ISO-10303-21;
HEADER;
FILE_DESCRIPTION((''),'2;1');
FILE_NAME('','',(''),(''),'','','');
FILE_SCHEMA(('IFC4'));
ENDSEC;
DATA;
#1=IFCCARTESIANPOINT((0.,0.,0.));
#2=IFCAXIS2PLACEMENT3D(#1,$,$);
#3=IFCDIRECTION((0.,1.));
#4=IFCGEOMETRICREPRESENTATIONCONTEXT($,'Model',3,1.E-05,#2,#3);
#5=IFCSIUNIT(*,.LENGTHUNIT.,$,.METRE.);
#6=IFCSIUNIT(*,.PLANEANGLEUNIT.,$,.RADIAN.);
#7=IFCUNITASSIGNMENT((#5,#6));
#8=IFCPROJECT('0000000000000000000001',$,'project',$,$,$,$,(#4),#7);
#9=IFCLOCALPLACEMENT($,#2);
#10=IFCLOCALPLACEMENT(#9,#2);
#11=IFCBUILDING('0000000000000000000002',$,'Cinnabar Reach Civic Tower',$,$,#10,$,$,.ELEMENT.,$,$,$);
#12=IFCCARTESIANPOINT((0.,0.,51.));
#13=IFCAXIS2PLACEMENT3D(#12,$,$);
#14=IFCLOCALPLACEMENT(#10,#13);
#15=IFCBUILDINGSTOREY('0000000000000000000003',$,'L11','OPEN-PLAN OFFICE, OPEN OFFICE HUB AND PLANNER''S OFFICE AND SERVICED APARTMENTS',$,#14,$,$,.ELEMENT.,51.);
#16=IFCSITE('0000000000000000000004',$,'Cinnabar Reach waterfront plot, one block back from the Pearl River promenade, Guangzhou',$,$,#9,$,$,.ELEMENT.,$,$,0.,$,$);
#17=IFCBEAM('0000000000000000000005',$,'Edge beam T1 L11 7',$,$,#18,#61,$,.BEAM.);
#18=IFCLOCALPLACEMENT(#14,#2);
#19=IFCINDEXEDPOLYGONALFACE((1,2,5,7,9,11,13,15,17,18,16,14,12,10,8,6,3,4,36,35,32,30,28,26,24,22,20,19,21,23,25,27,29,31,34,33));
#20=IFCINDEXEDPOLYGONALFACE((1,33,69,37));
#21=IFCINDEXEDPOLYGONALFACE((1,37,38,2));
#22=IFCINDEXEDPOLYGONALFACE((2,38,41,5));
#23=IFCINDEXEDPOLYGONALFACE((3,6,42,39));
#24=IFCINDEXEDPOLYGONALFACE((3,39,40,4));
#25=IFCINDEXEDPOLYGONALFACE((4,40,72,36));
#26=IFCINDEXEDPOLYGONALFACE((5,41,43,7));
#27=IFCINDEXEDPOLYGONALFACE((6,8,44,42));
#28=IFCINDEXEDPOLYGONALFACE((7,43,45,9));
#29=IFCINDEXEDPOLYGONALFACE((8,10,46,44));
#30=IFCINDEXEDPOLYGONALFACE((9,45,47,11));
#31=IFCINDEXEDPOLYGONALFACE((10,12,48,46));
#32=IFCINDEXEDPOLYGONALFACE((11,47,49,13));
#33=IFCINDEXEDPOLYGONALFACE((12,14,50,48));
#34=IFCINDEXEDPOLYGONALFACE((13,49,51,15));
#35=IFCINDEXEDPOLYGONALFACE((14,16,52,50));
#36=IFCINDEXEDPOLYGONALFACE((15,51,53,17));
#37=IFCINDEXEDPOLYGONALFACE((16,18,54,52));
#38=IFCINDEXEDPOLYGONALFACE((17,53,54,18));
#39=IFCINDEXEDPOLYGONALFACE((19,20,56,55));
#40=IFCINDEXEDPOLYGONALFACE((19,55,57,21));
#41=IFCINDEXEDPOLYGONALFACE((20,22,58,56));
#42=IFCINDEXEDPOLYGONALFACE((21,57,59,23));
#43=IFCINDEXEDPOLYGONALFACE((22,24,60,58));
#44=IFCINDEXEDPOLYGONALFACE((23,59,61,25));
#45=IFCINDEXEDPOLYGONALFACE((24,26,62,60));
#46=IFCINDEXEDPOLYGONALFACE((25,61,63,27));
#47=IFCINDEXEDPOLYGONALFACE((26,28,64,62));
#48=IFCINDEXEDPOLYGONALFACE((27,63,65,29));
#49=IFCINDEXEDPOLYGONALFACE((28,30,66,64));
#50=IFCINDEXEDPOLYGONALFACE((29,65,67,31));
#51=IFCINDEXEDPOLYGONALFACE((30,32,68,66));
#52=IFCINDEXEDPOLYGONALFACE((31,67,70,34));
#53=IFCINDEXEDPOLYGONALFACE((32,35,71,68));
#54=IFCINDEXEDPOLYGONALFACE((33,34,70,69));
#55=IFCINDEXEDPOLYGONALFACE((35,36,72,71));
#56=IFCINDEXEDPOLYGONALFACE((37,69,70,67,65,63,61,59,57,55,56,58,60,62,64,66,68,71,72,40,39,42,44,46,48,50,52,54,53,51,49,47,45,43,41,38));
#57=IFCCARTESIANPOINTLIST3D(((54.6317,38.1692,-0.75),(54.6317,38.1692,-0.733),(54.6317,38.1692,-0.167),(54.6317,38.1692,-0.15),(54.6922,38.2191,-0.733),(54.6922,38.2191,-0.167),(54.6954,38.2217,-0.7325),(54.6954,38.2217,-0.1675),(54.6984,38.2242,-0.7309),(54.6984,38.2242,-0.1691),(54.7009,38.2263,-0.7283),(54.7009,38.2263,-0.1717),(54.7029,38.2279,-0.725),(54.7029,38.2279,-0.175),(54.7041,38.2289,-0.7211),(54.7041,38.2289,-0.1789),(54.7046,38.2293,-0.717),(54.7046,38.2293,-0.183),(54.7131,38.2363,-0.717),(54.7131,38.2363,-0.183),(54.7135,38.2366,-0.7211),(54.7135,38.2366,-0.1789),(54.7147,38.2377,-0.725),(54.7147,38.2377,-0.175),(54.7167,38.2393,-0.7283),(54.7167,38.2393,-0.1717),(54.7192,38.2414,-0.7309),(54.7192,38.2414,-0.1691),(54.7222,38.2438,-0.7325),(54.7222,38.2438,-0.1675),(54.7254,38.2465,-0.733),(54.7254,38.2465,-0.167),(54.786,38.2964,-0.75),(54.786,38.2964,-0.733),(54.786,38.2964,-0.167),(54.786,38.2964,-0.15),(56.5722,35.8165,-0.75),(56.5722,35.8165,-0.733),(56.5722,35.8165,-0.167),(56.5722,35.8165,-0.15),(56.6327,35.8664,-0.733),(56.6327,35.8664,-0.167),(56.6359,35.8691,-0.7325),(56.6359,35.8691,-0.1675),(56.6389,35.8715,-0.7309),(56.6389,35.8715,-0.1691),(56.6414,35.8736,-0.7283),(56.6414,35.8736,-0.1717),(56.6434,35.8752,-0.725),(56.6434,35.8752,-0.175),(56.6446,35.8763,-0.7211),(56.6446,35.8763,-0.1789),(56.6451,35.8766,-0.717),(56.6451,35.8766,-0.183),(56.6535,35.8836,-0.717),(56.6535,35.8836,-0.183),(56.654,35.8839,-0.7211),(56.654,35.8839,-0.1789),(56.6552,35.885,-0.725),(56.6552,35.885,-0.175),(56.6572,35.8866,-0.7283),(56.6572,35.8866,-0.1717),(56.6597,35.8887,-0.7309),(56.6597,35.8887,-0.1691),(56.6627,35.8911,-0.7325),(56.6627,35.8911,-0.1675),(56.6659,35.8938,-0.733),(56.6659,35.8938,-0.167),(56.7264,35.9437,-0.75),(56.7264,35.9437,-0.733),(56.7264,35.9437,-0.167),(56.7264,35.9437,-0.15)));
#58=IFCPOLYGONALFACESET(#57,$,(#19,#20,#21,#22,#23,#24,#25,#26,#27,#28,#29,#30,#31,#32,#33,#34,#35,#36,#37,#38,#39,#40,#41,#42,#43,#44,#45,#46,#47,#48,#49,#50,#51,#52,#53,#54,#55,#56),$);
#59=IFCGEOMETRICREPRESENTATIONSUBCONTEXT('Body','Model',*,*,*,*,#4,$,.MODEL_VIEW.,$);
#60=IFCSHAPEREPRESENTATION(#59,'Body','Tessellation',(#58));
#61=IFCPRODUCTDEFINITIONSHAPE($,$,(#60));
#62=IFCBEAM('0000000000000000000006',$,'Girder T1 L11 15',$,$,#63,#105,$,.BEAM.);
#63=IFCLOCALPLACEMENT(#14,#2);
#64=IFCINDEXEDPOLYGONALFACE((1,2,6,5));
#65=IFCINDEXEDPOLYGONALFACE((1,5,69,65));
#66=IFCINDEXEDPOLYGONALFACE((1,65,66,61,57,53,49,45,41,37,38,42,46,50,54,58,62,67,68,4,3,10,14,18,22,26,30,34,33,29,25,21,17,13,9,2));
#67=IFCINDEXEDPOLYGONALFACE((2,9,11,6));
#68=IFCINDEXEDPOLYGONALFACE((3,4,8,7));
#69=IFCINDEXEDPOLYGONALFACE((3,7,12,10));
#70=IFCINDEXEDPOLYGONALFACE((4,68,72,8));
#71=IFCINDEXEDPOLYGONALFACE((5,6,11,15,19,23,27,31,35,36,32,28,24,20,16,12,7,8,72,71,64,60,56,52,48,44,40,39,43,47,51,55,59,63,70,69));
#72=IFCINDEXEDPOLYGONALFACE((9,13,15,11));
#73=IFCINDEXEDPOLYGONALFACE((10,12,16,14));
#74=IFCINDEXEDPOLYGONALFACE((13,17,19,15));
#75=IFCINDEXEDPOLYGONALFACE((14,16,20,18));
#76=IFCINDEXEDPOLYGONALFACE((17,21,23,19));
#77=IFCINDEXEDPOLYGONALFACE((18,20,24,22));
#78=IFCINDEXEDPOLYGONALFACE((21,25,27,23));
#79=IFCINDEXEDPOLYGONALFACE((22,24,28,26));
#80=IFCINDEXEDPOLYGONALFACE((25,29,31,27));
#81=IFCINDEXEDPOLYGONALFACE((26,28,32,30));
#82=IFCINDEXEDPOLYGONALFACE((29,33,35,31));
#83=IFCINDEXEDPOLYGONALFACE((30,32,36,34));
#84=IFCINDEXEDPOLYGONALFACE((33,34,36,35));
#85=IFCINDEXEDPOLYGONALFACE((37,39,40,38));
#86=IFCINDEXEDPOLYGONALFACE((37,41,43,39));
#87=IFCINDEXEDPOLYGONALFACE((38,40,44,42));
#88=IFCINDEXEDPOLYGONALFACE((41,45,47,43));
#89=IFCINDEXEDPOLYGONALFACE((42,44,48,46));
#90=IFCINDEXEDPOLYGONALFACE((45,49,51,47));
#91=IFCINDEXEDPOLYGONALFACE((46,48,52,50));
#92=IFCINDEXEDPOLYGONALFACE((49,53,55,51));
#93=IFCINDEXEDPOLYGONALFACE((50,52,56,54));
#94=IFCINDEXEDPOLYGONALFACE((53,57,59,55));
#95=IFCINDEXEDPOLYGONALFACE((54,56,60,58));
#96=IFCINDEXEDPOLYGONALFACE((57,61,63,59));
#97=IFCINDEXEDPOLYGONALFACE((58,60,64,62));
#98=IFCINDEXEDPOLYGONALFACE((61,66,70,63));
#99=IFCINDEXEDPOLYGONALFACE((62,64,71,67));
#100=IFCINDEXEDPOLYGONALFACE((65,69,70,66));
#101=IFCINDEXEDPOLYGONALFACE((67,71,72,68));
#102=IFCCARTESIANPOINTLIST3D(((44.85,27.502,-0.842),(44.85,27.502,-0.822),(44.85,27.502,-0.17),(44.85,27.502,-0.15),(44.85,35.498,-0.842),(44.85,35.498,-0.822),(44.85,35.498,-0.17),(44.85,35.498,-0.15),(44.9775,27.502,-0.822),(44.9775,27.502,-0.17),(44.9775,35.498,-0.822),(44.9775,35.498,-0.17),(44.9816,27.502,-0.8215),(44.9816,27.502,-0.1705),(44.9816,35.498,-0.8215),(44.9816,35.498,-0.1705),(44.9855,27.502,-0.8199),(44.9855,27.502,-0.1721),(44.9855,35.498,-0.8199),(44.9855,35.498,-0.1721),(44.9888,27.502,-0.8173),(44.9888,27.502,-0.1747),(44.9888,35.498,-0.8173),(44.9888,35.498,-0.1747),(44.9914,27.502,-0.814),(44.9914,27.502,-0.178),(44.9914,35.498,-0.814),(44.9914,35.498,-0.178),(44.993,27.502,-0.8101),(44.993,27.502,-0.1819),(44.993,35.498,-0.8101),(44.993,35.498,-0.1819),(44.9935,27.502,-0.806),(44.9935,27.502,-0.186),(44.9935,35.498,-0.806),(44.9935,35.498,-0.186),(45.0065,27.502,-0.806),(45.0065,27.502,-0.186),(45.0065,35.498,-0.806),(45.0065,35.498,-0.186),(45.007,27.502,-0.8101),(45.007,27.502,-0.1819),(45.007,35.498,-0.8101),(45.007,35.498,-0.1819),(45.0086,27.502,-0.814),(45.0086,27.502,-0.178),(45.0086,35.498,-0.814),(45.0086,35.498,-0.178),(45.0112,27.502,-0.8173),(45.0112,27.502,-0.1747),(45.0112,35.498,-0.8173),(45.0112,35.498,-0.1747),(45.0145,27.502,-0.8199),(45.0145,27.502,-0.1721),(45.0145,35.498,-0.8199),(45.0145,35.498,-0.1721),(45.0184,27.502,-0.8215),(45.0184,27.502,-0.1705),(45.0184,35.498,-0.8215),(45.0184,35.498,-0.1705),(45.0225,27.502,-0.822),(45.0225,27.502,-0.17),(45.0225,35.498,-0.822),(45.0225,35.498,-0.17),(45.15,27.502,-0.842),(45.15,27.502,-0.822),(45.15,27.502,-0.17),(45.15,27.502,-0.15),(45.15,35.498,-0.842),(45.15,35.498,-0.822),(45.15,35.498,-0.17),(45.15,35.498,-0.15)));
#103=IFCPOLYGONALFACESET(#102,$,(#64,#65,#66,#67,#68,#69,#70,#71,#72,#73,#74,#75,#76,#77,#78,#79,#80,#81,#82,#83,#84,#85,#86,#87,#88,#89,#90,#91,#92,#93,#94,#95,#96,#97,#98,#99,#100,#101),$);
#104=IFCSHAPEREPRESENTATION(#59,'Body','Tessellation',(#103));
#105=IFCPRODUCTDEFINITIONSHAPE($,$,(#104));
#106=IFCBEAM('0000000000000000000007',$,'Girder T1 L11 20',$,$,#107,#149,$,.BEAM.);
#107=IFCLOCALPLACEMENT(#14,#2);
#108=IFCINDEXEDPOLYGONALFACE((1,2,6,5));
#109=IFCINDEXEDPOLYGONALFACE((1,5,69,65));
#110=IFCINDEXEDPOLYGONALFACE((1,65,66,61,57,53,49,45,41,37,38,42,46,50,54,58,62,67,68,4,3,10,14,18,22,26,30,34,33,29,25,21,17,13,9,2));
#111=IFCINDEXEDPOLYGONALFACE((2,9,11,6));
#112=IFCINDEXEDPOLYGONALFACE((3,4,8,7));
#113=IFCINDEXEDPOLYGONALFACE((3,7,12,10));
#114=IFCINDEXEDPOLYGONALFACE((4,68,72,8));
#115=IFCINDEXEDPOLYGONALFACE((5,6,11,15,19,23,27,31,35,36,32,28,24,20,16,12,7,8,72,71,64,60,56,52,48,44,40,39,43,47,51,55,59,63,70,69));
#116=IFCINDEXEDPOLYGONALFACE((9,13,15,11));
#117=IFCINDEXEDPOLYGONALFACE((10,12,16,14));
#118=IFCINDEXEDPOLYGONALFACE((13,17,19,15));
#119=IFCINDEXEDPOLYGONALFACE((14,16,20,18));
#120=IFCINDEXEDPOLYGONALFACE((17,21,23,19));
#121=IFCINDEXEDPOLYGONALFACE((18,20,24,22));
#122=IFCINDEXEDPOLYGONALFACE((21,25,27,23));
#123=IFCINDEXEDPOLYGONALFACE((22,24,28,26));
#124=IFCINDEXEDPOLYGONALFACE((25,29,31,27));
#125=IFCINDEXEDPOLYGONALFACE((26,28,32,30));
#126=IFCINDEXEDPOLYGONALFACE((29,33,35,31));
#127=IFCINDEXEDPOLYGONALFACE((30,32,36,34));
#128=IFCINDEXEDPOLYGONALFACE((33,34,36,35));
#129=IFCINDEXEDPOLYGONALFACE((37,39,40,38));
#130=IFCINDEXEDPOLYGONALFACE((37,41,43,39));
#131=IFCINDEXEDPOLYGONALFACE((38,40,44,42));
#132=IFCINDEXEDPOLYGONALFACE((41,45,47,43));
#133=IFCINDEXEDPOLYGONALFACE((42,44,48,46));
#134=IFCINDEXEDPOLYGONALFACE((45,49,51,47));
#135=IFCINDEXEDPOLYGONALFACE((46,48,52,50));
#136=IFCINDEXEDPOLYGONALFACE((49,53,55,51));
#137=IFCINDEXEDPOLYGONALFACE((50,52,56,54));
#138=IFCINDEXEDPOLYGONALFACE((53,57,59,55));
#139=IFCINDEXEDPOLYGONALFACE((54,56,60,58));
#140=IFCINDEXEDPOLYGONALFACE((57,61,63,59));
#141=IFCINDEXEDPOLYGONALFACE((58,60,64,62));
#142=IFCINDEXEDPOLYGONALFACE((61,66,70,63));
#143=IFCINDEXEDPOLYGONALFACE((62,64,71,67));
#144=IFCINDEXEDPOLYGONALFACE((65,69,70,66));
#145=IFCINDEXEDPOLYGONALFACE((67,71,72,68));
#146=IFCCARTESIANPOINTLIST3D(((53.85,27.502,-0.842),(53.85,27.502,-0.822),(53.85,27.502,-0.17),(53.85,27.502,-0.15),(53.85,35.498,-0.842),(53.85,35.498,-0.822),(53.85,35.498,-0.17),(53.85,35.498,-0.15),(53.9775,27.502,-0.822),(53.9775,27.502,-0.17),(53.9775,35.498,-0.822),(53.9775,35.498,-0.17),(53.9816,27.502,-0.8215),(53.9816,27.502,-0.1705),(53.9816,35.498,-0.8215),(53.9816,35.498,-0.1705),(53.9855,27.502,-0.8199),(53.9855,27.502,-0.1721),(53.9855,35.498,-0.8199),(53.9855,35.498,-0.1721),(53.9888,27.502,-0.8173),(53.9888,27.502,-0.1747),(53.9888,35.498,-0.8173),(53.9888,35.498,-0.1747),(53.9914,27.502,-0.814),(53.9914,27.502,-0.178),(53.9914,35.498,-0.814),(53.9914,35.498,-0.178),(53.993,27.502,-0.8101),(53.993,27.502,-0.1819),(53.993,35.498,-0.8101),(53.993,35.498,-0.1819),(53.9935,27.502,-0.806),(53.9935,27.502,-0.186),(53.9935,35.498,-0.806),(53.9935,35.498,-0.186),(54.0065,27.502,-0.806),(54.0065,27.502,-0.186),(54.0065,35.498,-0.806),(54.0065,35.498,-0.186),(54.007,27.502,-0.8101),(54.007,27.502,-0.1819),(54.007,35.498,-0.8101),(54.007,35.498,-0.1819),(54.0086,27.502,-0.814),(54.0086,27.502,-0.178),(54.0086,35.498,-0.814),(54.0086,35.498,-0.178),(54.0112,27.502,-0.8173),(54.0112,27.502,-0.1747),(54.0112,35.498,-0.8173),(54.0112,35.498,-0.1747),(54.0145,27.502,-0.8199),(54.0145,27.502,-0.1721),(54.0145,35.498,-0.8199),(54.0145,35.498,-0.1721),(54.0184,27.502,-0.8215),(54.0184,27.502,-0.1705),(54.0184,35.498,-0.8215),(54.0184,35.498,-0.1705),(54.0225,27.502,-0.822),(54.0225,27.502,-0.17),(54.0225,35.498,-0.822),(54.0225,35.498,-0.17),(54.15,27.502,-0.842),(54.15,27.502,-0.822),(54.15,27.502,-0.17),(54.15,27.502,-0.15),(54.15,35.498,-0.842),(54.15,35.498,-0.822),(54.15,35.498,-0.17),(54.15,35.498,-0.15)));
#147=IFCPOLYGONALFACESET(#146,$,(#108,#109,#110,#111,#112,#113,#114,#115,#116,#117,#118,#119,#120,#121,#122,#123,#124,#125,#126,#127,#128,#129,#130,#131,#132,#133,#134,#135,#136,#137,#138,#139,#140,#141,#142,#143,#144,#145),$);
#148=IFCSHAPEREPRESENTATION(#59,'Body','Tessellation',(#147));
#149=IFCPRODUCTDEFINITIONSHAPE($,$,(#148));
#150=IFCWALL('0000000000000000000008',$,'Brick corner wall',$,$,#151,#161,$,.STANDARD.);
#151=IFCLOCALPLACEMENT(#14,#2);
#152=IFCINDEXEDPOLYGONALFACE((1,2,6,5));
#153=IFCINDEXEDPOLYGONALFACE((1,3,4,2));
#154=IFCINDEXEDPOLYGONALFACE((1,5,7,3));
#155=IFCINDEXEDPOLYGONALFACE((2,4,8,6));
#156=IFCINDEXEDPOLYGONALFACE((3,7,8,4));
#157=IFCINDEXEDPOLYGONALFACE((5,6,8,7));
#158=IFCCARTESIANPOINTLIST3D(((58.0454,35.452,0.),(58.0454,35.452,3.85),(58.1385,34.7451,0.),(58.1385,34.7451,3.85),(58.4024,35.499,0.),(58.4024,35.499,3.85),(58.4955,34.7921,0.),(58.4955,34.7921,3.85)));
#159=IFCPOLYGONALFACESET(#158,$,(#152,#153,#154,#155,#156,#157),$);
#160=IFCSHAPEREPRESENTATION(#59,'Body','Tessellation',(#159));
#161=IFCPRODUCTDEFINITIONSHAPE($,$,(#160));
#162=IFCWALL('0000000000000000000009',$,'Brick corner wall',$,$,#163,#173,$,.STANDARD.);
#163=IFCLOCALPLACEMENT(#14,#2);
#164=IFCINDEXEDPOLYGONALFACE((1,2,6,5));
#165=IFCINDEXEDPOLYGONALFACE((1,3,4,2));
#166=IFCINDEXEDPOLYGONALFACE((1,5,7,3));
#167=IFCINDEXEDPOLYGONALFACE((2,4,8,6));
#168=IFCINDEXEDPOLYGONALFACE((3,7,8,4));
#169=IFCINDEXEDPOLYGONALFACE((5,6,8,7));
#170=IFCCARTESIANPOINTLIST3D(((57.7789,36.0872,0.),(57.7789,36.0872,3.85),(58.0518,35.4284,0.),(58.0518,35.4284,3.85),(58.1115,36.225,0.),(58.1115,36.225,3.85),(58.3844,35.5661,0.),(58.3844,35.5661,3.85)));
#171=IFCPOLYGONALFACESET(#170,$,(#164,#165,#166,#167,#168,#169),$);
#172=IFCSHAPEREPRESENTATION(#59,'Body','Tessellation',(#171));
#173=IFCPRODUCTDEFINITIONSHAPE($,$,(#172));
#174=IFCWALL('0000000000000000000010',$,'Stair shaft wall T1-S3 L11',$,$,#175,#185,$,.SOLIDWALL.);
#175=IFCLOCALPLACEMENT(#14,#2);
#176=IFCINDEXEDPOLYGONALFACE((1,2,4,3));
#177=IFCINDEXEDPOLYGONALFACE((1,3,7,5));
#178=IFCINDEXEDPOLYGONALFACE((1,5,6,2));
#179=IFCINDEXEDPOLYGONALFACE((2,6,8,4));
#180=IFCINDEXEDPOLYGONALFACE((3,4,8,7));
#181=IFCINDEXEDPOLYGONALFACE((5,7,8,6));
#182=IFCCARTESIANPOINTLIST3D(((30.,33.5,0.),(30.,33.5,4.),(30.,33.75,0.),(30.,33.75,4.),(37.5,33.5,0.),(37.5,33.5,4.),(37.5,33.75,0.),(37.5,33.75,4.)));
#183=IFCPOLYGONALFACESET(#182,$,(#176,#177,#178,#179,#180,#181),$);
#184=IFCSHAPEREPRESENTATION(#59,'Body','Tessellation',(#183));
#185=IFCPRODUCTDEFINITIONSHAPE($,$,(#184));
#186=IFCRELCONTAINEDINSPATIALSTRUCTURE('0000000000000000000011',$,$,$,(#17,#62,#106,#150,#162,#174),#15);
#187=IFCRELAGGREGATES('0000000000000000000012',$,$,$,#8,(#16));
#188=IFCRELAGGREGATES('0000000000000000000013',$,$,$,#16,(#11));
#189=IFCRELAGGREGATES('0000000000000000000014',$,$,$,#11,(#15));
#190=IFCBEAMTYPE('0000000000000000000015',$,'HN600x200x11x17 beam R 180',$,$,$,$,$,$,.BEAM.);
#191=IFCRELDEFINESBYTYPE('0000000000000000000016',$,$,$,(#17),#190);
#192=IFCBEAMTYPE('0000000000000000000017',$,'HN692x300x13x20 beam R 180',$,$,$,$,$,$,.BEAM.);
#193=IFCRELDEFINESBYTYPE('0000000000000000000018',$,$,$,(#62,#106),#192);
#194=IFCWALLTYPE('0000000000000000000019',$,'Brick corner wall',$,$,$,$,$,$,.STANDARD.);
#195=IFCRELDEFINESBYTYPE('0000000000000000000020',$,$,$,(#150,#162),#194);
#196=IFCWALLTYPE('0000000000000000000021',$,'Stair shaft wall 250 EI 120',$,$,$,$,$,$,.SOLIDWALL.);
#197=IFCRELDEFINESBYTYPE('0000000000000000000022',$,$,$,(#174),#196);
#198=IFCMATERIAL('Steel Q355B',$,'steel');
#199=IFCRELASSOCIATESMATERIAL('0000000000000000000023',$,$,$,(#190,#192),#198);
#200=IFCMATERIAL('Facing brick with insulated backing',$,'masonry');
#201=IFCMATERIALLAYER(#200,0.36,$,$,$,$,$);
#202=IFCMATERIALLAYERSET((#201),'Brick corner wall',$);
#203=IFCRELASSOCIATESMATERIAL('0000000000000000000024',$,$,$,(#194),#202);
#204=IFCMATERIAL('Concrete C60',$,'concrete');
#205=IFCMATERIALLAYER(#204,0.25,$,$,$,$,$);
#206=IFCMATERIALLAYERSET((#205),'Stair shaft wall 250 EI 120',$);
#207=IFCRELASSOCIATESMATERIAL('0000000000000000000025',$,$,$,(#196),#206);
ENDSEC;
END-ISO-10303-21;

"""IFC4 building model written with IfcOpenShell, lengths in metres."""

from ifc_helpers import new_model, si_unit, direction, frame, frame_2d, origin, origin_2d, place, context, subcontext, project, spatial, rectangle, i_section, extrude, material, layer, layer_set, material_profile, profile_set, type_object, element, save


model = new_model("IFC4")

# Units and contexts
model_context = context("Model", 3, precision=1e-05, world=origin(), true_north=direction((0.0, 1.0)))
body_context = subcontext(model_context, "Body", "Model", "MODEL_VIEW")
ifc_project = project(units=[si_unit("LENGTHUNIT", "METRE"), si_unit("PLANEANGLEUNIT", "RADIAN")], contexts=[model_context])

# Site, building, storey
site_placement = place(None, origin())
site = spatial("IfcSite", under=ifc_project, at=site_placement, Name="Cinnabar Reach waterfront plot, one block back from the Pearl River promenade, Guangzhou", CompositionType="ELEMENT", RefElevation=0.0)
building_placement = place(site_placement, origin())
building = spatial("IfcBuilding", under=site, at=building_placement, Name="Cinnabar Reach Civic Tower", CompositionType="ELEMENT")
storey_placement = place(building_placement, frame((0.0, 0.0, 51.0)))
storey = spatial("IfcBuildingStorey", under=building, at=storey_placement, Name="L11", Description="OPEN-PLAN OFFICE, OPEN OFFICE HUB AND PLANNER'S OFFICE AND SERVICED APARTMENTS", CompositionType="ELEMENT", Elevation=51.0)

# Beams
ifc_material_1 = material(Name="Steel Q355B", Category="steel")
ifc_material_profile_1 = material_profile(ifc_material_1, i_section(OverallWidth=0.2, OverallDepth=0.6, WebThickness=0.011, FlangeThickness=0.017, FilletRadius=0.016, at=origin_2d()), Name="HN600x200x11x17")
ifc_profile_set_1 = profile_set([ifc_material_profile_1], Name="Steel Q355B")
beam_type_1 = type_object("IfcBeamType", Name="HN600x200x11x17 beam R 180", PredefinedType="BEAM", material=ifc_profile_set_1)
beam_1_placement = place(storey_placement, frame((56.6493, 35.8801, -0.45), z_axis=(-0.63629, 0.77145, 0.0), x_axis=(-0.77145, -0.63629, 0.0)))
element("IfcBeam", 1, at=beam_1_placement, inside=storey, type_object=beam_type_1, Name="Edge beam T1 L11 7", PredefinedType="BEAM", context=body_context, shape_type="SweptSolid", body=[
    extrude(i_section(OverallWidth=0.2, OverallDepth=0.6, WebThickness=0.011, FlangeThickness=0.017, FilletRadius=0.016, at=origin_2d()), origin(), (0.0, 0.0, 1.0), 3.0497),
])
ifc_material_profile_2 = material_profile(ifc_material_1, i_section(OverallWidth=0.3, OverallDepth=0.692, WebThickness=0.013, FlangeThickness=0.02, FilletRadius=0.016, at=origin_2d()), Name="HN692x300x13x20")
ifc_profile_set_2 = profile_set([ifc_material_profile_2], Name="Steel Q355B")
beam_type_2 = type_object("IfcBeamType", Name="HN692x300x13x20 beam R 180", PredefinedType="BEAM", material=ifc_profile_set_2)
for number, where, z_axis, x_axis, name in (
    (2, (45.0, 27.502, -0.496), (0.0, 1.0, 0.0), (-1.0, 0.0, 0.0), "Girder T1 L11 15"),
    (3, (54.0, 27.502, -0.496), (0.0, 1.0, 0.0), (-1.0, 0.0, 0.0), "Girder T1 L11 20"),
):
    element("IfcBeam", number, at=place(storey_placement, frame(where, z_axis=z_axis, x_axis=x_axis)), inside=storey, type_object=beam_type_2, Name=name, PredefinedType="BEAM", context=body_context, shape_type="SweptSolid", body=[
        extrude(i_section(OverallWidth=0.3, OverallDepth=0.692, WebThickness=0.013, FlangeThickness=0.02, FilletRadius=0.016, at=origin_2d()), origin(), (0.0, 0.0, 1.0), 7.996),
    ])

# Walls
ifc_material_2 = material(Name="Facing brick with insulated backing", Category="masonry")
ifc_layer_1 = layer(ifc_material_2, 0.36)
ifc_layer_set_1 = layer_set([ifc_layer_1], Name="Brick corner wall")
wall_type_1 = type_object("IfcWallType", Name="Brick corner wall", PredefinedType="STANDARD", material=ifc_layer_set_1)
for number, where, z_axis, x_axis, name in (
    (4, (58.317, 34.7686, 0.0), (0.0, 0.0, 1.0), (-0.130556, 0.991441, 0.0), "Brick corner wall"),
    (5, (58.2181, 35.4973, 0.0), (0.0, 0.0, 1.0), (-0.382703, 0.923872, 0.0), "Brick corner wall"),
):
    element("IfcWall", number, at=place(storey_placement, frame(where, z_axis=z_axis, x_axis=x_axis)), inside=storey, type_object=wall_type_1, Name=name, PredefinedType="STANDARD", context=body_context, shape_type="SweptSolid", body=[
        extrude(rectangle(XDim=0.7131, YDim=0.36, at=frame_2d((0.3565, 0.0))), origin(), (0.0, 0.0, 1.0), 3.85),
    ])
ifc_material_3 = material(Name="Concrete C60", Category="concrete")
ifc_layer_2 = layer(ifc_material_3, 0.25)
ifc_layer_set_2 = layer_set([ifc_layer_2], Name="Stair shaft wall 250 EI 120")
wall_type_2 = type_object("IfcWallType", Name="Stair shaft wall 250 EI 120", PredefinedType="SOLIDWALL", material=ifc_layer_set_2)
wall_placement = place(storey_placement, frame((37.5, 33.625, 0.0), z_axis=(0.0, 0.0, 1.0), x_axis=(-1.0, 0.0, 0.0)))
element("IfcWall", 6, at=wall_placement, inside=storey, type_object=wall_type_2, Name="Stair shaft wall T1-S3 L11", PredefinedType="SOLIDWALL", context=body_context, shape_type="SweptSolid", body=[
    extrude(rectangle(XDim=7.5, YDim=0.25, at=frame_2d((3.75, 0.0))), origin(), (0.0, 0.0, 1.0), 4.0),
])

save(model, "model.ifc")
